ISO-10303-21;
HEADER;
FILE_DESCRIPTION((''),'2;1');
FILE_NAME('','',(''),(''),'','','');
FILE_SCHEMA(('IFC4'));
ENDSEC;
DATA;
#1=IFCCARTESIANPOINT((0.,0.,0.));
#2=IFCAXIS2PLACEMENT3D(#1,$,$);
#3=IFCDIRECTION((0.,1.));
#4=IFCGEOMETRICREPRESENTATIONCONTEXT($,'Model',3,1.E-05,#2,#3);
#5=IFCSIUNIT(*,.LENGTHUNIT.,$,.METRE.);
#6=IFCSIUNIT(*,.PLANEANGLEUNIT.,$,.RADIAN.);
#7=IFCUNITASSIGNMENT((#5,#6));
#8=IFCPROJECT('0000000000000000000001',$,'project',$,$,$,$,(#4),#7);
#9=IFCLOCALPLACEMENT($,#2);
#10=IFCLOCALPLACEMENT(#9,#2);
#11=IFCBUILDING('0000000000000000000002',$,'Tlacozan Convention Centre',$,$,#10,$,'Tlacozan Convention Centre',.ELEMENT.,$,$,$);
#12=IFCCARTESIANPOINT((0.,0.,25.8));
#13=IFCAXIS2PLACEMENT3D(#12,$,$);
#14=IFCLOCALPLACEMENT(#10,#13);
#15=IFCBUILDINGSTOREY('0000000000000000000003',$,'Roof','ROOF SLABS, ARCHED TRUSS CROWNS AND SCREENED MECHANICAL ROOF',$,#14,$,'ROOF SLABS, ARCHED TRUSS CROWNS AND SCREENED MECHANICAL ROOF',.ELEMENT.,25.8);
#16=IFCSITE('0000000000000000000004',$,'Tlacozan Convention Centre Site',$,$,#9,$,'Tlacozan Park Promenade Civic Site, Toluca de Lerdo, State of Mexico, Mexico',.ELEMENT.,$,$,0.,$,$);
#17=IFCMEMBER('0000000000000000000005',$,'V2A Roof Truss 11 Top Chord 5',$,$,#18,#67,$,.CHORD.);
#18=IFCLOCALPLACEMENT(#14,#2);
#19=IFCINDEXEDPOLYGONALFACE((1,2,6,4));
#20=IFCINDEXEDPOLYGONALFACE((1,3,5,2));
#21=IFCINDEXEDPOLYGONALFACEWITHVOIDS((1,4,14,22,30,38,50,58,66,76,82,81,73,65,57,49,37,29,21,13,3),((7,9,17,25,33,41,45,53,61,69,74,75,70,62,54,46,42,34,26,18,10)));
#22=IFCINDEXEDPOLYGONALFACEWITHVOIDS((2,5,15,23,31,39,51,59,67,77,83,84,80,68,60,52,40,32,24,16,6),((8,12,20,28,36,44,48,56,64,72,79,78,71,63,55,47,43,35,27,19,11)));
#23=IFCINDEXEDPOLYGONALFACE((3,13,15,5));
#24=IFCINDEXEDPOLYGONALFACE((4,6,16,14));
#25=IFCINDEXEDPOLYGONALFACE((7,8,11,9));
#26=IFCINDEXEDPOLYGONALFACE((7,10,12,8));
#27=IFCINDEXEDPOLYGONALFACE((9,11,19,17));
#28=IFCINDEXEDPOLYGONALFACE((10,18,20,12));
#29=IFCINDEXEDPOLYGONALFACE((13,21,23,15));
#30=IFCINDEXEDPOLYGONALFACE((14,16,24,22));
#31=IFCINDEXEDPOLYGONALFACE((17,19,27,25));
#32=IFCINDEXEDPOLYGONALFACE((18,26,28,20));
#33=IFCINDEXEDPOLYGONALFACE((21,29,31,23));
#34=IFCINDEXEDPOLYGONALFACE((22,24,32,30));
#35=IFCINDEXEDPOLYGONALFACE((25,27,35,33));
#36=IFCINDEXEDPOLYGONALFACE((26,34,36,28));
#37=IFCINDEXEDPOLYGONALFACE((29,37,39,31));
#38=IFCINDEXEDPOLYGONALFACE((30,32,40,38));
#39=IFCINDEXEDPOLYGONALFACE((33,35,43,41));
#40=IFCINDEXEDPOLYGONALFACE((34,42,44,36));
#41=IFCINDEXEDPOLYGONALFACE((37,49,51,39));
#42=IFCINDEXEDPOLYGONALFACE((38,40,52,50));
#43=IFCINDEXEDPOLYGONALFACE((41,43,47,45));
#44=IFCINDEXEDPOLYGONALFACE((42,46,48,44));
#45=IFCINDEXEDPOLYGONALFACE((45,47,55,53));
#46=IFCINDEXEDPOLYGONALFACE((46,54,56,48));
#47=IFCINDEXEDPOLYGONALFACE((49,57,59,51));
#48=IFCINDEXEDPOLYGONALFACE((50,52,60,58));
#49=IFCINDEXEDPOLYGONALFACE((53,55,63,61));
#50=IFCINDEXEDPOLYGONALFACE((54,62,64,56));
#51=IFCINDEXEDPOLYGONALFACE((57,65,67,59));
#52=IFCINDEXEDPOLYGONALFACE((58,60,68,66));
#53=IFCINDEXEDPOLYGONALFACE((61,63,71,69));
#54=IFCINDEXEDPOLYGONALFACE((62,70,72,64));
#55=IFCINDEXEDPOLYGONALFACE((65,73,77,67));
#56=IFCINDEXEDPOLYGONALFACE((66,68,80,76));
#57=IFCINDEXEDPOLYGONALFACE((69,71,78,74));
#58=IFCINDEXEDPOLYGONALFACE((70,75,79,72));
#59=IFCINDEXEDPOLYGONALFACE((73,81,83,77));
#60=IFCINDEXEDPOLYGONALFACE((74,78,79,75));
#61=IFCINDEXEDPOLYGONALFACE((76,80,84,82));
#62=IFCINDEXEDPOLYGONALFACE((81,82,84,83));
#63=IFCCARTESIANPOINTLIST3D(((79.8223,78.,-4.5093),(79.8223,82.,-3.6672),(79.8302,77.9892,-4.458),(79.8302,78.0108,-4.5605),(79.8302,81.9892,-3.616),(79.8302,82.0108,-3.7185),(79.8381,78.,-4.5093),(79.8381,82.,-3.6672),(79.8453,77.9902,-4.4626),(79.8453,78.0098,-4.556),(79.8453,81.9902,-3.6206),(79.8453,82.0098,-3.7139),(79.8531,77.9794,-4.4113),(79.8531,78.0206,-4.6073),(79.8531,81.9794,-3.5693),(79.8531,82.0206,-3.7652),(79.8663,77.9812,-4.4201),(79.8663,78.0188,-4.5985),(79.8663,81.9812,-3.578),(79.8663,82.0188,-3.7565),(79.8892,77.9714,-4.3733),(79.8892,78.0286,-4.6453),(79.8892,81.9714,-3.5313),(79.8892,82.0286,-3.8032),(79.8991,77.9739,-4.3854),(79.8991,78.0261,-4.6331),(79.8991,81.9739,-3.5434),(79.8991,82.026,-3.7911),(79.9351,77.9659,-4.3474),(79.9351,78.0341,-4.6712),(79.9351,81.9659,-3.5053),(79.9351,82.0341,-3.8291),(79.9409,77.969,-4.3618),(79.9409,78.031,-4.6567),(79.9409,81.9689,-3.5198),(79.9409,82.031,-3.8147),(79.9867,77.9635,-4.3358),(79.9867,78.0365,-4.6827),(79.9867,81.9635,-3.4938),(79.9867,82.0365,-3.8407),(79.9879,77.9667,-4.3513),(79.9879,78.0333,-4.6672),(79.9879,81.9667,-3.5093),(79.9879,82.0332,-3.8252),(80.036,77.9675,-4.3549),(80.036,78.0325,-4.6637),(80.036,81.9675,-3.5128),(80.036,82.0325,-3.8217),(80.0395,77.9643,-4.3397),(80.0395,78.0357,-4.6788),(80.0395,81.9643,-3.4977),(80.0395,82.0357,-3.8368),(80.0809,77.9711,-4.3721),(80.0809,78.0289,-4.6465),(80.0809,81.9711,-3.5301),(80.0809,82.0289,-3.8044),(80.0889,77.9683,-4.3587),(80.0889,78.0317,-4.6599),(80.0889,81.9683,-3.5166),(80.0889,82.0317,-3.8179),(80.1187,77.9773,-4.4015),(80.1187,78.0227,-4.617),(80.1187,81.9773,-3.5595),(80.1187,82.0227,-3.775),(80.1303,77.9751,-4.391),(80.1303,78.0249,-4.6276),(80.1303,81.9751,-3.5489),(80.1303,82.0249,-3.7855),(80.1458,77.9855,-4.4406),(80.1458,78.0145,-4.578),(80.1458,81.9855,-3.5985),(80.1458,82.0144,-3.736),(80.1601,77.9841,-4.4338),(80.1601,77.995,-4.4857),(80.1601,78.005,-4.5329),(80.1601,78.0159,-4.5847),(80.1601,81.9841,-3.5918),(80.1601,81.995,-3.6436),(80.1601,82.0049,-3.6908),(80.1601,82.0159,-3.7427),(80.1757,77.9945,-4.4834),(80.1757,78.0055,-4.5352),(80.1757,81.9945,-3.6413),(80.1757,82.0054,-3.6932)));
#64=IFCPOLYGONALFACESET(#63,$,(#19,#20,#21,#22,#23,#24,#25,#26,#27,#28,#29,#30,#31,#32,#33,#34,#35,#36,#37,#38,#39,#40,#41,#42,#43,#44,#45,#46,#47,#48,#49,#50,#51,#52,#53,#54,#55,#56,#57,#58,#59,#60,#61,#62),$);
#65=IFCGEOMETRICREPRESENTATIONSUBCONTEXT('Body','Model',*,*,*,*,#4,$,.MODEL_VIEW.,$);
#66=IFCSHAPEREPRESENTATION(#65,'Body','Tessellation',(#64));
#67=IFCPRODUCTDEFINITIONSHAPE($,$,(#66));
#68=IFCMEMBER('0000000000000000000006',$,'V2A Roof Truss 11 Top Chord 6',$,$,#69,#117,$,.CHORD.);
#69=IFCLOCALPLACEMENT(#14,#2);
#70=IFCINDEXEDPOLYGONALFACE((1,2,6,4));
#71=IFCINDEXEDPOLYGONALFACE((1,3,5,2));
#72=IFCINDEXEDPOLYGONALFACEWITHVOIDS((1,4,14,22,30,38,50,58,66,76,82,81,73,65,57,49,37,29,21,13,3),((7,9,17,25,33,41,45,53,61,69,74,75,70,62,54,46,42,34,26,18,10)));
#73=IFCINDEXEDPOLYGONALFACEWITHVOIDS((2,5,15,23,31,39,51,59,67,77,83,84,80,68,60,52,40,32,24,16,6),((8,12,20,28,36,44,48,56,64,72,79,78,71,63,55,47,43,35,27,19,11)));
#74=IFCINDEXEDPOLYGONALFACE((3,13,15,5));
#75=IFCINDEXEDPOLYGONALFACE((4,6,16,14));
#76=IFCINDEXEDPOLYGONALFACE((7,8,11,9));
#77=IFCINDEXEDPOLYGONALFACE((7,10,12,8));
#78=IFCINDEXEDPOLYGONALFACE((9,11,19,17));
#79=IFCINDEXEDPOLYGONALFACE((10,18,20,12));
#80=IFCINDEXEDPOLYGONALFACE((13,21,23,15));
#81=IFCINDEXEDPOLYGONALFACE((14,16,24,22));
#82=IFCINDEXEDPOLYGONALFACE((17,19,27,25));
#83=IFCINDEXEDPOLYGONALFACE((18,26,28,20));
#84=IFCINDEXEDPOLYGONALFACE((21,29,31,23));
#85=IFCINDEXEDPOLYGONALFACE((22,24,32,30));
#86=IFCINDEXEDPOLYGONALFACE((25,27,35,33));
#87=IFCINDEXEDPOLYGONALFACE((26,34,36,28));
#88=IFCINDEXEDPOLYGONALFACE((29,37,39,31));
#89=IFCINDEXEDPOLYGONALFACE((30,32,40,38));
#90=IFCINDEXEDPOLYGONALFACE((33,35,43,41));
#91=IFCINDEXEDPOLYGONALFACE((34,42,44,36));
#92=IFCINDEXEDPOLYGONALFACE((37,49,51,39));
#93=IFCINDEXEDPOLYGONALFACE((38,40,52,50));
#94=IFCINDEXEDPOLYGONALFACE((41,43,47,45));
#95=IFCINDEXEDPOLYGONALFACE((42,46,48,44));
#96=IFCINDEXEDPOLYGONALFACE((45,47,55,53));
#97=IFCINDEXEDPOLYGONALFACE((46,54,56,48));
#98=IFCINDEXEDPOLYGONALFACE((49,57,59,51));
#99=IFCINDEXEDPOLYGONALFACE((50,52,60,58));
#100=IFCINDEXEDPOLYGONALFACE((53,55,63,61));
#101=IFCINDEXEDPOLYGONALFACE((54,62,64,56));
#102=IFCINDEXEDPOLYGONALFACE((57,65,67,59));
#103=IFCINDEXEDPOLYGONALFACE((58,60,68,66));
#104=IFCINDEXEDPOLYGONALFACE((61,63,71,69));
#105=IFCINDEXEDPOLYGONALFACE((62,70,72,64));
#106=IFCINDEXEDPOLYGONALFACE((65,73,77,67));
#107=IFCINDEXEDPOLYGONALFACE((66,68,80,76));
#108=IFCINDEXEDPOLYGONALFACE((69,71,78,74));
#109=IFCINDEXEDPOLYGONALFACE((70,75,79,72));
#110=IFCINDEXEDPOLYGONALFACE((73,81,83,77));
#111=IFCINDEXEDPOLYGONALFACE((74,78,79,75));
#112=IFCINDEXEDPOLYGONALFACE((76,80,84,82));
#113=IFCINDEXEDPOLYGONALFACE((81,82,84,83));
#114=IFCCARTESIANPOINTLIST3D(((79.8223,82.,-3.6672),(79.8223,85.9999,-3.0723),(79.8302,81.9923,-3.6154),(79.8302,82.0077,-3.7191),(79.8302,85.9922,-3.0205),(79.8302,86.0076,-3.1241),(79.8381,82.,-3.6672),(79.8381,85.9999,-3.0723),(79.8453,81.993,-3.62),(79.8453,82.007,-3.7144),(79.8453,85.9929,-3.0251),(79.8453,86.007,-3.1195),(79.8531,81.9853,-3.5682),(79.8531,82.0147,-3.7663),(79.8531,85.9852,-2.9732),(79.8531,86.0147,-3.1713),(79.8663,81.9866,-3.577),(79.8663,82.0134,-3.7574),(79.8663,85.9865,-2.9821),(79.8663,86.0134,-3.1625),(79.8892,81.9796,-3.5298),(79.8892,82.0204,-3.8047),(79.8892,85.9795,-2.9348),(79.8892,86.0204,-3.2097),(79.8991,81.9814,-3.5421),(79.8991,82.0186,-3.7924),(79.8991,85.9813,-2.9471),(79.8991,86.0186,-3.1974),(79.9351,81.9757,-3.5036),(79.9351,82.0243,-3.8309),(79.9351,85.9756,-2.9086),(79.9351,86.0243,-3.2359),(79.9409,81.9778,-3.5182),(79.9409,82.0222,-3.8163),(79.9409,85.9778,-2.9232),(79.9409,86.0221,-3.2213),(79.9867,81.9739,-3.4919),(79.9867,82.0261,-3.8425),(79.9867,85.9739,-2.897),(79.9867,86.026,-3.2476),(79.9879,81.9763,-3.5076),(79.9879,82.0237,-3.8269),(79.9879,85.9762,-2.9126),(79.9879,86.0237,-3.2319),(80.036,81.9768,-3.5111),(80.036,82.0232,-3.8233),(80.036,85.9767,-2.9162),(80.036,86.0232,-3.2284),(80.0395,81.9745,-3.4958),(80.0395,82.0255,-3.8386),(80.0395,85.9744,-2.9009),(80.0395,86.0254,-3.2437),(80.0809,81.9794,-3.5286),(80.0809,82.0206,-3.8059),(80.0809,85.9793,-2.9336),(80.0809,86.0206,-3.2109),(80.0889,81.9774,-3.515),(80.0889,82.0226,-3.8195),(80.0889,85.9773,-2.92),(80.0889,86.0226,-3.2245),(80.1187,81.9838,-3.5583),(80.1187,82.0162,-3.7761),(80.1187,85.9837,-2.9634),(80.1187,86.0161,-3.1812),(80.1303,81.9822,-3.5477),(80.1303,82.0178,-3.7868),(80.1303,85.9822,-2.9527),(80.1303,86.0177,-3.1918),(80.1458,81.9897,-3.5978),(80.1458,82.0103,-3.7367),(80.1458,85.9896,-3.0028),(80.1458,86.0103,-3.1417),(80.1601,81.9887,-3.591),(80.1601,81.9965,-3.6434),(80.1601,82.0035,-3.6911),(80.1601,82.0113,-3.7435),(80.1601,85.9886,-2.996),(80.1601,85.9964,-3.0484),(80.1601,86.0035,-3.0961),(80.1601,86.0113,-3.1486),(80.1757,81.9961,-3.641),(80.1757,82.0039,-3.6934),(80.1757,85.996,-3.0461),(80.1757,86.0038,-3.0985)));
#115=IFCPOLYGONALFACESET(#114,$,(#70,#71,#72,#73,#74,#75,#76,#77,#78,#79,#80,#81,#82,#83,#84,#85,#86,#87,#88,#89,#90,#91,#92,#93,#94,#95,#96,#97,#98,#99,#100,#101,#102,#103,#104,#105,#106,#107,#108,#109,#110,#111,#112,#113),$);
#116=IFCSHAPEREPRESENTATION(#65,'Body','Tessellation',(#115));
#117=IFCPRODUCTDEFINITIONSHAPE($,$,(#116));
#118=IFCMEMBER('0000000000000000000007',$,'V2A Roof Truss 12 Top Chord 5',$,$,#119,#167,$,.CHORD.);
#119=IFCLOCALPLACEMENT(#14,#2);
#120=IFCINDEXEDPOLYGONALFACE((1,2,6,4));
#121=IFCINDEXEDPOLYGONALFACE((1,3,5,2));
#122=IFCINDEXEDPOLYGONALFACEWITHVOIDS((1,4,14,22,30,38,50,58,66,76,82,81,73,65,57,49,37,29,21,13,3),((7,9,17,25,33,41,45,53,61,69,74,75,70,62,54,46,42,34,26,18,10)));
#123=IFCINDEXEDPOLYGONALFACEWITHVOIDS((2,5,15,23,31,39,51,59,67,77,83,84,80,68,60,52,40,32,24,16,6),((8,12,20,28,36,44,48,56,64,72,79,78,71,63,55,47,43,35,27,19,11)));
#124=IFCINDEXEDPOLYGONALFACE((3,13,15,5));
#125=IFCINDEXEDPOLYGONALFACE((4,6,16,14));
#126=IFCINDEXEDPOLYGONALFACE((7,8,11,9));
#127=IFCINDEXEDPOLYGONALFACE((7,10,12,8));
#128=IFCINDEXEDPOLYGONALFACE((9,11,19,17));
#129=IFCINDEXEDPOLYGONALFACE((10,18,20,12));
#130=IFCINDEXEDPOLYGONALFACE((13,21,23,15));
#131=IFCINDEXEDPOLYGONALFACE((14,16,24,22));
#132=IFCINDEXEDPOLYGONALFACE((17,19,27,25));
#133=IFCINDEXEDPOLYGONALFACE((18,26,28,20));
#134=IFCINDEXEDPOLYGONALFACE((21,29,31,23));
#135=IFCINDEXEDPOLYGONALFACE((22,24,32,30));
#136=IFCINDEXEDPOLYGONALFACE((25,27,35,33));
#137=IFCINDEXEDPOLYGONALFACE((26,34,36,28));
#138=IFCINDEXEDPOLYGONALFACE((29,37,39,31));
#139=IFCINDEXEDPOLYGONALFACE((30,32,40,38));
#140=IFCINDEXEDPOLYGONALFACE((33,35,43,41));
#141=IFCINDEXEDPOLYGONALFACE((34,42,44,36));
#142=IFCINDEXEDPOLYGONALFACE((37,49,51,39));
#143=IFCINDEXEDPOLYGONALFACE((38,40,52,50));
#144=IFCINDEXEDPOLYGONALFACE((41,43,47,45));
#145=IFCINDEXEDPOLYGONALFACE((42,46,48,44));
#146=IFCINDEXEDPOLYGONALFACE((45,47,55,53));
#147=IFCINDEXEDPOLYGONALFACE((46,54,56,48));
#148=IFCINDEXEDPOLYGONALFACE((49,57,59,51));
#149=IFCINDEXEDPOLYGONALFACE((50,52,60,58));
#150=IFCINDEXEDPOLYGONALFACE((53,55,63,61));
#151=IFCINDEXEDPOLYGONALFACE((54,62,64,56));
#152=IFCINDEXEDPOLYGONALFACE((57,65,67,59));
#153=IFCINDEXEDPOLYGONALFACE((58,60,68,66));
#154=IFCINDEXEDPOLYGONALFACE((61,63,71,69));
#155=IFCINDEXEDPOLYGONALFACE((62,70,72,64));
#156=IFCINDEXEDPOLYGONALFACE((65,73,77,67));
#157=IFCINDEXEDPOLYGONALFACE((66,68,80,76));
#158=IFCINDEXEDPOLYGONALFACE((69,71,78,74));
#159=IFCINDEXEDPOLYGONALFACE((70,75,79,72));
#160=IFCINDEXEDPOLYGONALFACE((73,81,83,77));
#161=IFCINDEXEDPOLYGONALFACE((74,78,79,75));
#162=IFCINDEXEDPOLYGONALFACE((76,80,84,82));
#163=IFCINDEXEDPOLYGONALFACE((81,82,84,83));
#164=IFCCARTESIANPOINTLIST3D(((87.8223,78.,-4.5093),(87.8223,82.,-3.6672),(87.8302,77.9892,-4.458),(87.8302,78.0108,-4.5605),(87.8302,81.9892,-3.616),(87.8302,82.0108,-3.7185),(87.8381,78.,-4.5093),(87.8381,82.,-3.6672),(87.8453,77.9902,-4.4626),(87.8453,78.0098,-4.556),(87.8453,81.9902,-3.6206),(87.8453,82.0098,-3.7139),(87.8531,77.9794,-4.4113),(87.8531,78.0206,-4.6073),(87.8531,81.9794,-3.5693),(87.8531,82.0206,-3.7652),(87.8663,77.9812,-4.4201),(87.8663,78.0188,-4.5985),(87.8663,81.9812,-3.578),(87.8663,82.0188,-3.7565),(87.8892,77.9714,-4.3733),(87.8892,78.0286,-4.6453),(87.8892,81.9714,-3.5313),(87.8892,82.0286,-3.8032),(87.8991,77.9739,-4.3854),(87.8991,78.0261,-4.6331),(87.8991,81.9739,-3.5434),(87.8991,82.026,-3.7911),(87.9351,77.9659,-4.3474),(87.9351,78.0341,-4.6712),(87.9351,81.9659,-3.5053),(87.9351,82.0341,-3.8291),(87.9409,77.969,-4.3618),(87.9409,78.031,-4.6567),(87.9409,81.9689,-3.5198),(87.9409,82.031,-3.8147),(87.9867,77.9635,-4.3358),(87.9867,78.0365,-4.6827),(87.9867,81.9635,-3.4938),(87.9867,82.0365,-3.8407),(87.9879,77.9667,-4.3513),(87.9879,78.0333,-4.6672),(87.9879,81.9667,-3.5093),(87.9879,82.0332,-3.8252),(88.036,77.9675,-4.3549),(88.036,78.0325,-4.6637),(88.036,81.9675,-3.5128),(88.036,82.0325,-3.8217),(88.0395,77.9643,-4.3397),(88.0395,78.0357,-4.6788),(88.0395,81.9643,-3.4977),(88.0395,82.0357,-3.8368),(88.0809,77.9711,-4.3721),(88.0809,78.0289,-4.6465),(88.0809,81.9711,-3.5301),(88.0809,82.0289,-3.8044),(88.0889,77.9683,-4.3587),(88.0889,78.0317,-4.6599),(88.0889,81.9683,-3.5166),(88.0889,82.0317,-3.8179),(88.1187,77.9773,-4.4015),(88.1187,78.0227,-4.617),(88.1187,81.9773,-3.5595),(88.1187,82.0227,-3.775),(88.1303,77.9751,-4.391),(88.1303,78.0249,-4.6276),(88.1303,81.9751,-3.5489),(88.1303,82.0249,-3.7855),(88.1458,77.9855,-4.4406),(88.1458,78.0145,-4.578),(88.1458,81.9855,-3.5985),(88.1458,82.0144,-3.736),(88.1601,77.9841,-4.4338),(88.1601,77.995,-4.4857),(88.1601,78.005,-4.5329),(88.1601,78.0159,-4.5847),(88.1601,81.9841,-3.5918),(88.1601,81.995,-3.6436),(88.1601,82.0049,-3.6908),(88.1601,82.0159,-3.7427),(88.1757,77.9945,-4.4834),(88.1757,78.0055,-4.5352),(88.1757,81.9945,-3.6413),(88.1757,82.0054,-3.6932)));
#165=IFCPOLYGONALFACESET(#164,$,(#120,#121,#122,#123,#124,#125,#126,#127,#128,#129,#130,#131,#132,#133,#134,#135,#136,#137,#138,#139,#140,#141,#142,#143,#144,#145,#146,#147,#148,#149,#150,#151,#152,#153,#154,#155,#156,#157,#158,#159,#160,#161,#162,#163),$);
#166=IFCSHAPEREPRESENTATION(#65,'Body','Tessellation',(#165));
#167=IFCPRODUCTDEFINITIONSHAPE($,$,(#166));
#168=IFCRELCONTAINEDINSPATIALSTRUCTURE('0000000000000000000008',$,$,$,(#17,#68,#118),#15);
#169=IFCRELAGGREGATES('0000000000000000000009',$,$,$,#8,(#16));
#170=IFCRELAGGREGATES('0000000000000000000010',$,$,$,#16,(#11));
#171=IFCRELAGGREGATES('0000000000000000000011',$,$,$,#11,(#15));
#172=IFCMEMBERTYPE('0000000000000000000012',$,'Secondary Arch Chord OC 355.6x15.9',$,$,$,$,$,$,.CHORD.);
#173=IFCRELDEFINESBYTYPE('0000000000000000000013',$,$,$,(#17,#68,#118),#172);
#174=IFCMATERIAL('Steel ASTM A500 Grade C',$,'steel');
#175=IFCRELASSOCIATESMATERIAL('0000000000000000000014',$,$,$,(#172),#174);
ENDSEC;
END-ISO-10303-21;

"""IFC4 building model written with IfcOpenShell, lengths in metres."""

from ifc_helpers import new_model, si_unit, direction, frame, origin, origin_2d, place, context, subcontext, project, spatial, hollow_circle, extrude, material, material_profile, profile_set, type_object, element, save


model = new_model("IFC4")

# Units and contexts
model_context = context("Model", 3, precision=1e-05, world=origin(), true_north=direction((0.0, 1.0)))
body_context = subcontext(model_context, "Body", "Model", "MODEL_VIEW")
ifc_project = project(units=[si_unit("LENGTHUNIT", "METRE"), si_unit("PLANEANGLEUNIT", "RADIAN")], contexts=[model_context])

# Site, building, storey
site_placement = place(None, origin())
site = spatial("IfcSite", under=ifc_project, at=site_placement, Name="Tlacozan Convention Centre Site", LongName="Tlacozan Park Promenade Civic Site, Toluca de Lerdo, State of Mexico, Mexico", CompositionType="ELEMENT", RefElevation=0.0)
building_placement = place(site_placement, origin())
building = spatial("IfcBuilding", under=site, at=building_placement, Name="Tlacozan Convention Centre", LongName="Tlacozan Convention Centre", CompositionType="ELEMENT")
storey_placement = place(building_placement, frame((0.0, 0.0, 25.8)))
storey = spatial("IfcBuildingStorey", under=building, at=storey_placement, Name="Roof", Description="ROOF SLABS, ARCHED TRUSS CROWNS AND SCREENED MECHANICAL ROOF", LongName="ROOF SLABS, ARCHED TRUSS CROWNS AND SCREENED MECHANICAL ROOF", CompositionType="ELEMENT", Elevation=25.8)

# Members
ifc_material_1 = material(Name="Steel ASTM A500 Grade C", Category="steel")
ifc_material_profile_1 = material_profile(ifc_material_1, hollow_circle(Radius=0.1777, WallThickness=0.0159, at=origin_2d()), Name="OC 355.6x15.9")
ifc_profile_set_1 = profile_set([ifc_material_profile_1], Name="Steel ASTM A500 Grade C")
member_type_1 = type_object("IfcMemberType", Name="Secondary Arch Chord OC 355.6x15.9", PredefinedType="CHORD", material=ifc_profile_set_1)
member_1_placement = place(storey_placement, frame((80.0, 78.0, -4.5093), z_axis=(0.0, 0.978553, 0.205995), x_axis=(-1.0, 0.0, 0.0)))
element("IfcMember", 1, at=member_1_placement, inside=storey, type_object=member_type_1, Name="V2A Roof Truss 11 Top Chord 5", PredefinedType="CHORD", context=body_context, shape_type="SweptSolid", body=[
    extrude(hollow_circle(Radius=0.1777, WallThickness=0.0159, at=origin_2d()), origin(), (0.0, 0.0, 1.0), 4.0876),
])
member_2_placement = place(storey_placement, frame((80.0, 82.0, -3.6672), z_axis=(0.0, 0.989118, 0.147124), x_axis=(-1.0, 0.0, 0.0)))
element("IfcMember", 2, at=member_2_placement, inside=storey, type_object=member_type_1, Name="V2A Roof Truss 11 Top Chord 6", PredefinedType="CHORD", context=body_context, shape_type="SweptSolid", body=[
    extrude(hollow_circle(Radius=0.1777, WallThickness=0.0159, at=origin_2d()), origin(), (0.0, 0.0, 1.0), 4.0439),
])
member_3_placement = place(storey_placement, frame((88.0, 78.0, -4.5093), z_axis=(0.0, 0.978553, 0.205995), x_axis=(-1.0, 0.0, 0.0)))
element("IfcMember", 3, at=member_3_placement, inside=storey, type_object=member_type_1, Name="V2A Roof Truss 12 Top Chord 5", PredefinedType="CHORD", context=body_context, shape_type="SweptSolid", body=[
    extrude(hollow_circle(Radius=0.1777, WallThickness=0.0159, at=origin_2d()), origin(), (0.0, 0.0, 1.0), 4.0876),
])

save(model, "model.ifc")
